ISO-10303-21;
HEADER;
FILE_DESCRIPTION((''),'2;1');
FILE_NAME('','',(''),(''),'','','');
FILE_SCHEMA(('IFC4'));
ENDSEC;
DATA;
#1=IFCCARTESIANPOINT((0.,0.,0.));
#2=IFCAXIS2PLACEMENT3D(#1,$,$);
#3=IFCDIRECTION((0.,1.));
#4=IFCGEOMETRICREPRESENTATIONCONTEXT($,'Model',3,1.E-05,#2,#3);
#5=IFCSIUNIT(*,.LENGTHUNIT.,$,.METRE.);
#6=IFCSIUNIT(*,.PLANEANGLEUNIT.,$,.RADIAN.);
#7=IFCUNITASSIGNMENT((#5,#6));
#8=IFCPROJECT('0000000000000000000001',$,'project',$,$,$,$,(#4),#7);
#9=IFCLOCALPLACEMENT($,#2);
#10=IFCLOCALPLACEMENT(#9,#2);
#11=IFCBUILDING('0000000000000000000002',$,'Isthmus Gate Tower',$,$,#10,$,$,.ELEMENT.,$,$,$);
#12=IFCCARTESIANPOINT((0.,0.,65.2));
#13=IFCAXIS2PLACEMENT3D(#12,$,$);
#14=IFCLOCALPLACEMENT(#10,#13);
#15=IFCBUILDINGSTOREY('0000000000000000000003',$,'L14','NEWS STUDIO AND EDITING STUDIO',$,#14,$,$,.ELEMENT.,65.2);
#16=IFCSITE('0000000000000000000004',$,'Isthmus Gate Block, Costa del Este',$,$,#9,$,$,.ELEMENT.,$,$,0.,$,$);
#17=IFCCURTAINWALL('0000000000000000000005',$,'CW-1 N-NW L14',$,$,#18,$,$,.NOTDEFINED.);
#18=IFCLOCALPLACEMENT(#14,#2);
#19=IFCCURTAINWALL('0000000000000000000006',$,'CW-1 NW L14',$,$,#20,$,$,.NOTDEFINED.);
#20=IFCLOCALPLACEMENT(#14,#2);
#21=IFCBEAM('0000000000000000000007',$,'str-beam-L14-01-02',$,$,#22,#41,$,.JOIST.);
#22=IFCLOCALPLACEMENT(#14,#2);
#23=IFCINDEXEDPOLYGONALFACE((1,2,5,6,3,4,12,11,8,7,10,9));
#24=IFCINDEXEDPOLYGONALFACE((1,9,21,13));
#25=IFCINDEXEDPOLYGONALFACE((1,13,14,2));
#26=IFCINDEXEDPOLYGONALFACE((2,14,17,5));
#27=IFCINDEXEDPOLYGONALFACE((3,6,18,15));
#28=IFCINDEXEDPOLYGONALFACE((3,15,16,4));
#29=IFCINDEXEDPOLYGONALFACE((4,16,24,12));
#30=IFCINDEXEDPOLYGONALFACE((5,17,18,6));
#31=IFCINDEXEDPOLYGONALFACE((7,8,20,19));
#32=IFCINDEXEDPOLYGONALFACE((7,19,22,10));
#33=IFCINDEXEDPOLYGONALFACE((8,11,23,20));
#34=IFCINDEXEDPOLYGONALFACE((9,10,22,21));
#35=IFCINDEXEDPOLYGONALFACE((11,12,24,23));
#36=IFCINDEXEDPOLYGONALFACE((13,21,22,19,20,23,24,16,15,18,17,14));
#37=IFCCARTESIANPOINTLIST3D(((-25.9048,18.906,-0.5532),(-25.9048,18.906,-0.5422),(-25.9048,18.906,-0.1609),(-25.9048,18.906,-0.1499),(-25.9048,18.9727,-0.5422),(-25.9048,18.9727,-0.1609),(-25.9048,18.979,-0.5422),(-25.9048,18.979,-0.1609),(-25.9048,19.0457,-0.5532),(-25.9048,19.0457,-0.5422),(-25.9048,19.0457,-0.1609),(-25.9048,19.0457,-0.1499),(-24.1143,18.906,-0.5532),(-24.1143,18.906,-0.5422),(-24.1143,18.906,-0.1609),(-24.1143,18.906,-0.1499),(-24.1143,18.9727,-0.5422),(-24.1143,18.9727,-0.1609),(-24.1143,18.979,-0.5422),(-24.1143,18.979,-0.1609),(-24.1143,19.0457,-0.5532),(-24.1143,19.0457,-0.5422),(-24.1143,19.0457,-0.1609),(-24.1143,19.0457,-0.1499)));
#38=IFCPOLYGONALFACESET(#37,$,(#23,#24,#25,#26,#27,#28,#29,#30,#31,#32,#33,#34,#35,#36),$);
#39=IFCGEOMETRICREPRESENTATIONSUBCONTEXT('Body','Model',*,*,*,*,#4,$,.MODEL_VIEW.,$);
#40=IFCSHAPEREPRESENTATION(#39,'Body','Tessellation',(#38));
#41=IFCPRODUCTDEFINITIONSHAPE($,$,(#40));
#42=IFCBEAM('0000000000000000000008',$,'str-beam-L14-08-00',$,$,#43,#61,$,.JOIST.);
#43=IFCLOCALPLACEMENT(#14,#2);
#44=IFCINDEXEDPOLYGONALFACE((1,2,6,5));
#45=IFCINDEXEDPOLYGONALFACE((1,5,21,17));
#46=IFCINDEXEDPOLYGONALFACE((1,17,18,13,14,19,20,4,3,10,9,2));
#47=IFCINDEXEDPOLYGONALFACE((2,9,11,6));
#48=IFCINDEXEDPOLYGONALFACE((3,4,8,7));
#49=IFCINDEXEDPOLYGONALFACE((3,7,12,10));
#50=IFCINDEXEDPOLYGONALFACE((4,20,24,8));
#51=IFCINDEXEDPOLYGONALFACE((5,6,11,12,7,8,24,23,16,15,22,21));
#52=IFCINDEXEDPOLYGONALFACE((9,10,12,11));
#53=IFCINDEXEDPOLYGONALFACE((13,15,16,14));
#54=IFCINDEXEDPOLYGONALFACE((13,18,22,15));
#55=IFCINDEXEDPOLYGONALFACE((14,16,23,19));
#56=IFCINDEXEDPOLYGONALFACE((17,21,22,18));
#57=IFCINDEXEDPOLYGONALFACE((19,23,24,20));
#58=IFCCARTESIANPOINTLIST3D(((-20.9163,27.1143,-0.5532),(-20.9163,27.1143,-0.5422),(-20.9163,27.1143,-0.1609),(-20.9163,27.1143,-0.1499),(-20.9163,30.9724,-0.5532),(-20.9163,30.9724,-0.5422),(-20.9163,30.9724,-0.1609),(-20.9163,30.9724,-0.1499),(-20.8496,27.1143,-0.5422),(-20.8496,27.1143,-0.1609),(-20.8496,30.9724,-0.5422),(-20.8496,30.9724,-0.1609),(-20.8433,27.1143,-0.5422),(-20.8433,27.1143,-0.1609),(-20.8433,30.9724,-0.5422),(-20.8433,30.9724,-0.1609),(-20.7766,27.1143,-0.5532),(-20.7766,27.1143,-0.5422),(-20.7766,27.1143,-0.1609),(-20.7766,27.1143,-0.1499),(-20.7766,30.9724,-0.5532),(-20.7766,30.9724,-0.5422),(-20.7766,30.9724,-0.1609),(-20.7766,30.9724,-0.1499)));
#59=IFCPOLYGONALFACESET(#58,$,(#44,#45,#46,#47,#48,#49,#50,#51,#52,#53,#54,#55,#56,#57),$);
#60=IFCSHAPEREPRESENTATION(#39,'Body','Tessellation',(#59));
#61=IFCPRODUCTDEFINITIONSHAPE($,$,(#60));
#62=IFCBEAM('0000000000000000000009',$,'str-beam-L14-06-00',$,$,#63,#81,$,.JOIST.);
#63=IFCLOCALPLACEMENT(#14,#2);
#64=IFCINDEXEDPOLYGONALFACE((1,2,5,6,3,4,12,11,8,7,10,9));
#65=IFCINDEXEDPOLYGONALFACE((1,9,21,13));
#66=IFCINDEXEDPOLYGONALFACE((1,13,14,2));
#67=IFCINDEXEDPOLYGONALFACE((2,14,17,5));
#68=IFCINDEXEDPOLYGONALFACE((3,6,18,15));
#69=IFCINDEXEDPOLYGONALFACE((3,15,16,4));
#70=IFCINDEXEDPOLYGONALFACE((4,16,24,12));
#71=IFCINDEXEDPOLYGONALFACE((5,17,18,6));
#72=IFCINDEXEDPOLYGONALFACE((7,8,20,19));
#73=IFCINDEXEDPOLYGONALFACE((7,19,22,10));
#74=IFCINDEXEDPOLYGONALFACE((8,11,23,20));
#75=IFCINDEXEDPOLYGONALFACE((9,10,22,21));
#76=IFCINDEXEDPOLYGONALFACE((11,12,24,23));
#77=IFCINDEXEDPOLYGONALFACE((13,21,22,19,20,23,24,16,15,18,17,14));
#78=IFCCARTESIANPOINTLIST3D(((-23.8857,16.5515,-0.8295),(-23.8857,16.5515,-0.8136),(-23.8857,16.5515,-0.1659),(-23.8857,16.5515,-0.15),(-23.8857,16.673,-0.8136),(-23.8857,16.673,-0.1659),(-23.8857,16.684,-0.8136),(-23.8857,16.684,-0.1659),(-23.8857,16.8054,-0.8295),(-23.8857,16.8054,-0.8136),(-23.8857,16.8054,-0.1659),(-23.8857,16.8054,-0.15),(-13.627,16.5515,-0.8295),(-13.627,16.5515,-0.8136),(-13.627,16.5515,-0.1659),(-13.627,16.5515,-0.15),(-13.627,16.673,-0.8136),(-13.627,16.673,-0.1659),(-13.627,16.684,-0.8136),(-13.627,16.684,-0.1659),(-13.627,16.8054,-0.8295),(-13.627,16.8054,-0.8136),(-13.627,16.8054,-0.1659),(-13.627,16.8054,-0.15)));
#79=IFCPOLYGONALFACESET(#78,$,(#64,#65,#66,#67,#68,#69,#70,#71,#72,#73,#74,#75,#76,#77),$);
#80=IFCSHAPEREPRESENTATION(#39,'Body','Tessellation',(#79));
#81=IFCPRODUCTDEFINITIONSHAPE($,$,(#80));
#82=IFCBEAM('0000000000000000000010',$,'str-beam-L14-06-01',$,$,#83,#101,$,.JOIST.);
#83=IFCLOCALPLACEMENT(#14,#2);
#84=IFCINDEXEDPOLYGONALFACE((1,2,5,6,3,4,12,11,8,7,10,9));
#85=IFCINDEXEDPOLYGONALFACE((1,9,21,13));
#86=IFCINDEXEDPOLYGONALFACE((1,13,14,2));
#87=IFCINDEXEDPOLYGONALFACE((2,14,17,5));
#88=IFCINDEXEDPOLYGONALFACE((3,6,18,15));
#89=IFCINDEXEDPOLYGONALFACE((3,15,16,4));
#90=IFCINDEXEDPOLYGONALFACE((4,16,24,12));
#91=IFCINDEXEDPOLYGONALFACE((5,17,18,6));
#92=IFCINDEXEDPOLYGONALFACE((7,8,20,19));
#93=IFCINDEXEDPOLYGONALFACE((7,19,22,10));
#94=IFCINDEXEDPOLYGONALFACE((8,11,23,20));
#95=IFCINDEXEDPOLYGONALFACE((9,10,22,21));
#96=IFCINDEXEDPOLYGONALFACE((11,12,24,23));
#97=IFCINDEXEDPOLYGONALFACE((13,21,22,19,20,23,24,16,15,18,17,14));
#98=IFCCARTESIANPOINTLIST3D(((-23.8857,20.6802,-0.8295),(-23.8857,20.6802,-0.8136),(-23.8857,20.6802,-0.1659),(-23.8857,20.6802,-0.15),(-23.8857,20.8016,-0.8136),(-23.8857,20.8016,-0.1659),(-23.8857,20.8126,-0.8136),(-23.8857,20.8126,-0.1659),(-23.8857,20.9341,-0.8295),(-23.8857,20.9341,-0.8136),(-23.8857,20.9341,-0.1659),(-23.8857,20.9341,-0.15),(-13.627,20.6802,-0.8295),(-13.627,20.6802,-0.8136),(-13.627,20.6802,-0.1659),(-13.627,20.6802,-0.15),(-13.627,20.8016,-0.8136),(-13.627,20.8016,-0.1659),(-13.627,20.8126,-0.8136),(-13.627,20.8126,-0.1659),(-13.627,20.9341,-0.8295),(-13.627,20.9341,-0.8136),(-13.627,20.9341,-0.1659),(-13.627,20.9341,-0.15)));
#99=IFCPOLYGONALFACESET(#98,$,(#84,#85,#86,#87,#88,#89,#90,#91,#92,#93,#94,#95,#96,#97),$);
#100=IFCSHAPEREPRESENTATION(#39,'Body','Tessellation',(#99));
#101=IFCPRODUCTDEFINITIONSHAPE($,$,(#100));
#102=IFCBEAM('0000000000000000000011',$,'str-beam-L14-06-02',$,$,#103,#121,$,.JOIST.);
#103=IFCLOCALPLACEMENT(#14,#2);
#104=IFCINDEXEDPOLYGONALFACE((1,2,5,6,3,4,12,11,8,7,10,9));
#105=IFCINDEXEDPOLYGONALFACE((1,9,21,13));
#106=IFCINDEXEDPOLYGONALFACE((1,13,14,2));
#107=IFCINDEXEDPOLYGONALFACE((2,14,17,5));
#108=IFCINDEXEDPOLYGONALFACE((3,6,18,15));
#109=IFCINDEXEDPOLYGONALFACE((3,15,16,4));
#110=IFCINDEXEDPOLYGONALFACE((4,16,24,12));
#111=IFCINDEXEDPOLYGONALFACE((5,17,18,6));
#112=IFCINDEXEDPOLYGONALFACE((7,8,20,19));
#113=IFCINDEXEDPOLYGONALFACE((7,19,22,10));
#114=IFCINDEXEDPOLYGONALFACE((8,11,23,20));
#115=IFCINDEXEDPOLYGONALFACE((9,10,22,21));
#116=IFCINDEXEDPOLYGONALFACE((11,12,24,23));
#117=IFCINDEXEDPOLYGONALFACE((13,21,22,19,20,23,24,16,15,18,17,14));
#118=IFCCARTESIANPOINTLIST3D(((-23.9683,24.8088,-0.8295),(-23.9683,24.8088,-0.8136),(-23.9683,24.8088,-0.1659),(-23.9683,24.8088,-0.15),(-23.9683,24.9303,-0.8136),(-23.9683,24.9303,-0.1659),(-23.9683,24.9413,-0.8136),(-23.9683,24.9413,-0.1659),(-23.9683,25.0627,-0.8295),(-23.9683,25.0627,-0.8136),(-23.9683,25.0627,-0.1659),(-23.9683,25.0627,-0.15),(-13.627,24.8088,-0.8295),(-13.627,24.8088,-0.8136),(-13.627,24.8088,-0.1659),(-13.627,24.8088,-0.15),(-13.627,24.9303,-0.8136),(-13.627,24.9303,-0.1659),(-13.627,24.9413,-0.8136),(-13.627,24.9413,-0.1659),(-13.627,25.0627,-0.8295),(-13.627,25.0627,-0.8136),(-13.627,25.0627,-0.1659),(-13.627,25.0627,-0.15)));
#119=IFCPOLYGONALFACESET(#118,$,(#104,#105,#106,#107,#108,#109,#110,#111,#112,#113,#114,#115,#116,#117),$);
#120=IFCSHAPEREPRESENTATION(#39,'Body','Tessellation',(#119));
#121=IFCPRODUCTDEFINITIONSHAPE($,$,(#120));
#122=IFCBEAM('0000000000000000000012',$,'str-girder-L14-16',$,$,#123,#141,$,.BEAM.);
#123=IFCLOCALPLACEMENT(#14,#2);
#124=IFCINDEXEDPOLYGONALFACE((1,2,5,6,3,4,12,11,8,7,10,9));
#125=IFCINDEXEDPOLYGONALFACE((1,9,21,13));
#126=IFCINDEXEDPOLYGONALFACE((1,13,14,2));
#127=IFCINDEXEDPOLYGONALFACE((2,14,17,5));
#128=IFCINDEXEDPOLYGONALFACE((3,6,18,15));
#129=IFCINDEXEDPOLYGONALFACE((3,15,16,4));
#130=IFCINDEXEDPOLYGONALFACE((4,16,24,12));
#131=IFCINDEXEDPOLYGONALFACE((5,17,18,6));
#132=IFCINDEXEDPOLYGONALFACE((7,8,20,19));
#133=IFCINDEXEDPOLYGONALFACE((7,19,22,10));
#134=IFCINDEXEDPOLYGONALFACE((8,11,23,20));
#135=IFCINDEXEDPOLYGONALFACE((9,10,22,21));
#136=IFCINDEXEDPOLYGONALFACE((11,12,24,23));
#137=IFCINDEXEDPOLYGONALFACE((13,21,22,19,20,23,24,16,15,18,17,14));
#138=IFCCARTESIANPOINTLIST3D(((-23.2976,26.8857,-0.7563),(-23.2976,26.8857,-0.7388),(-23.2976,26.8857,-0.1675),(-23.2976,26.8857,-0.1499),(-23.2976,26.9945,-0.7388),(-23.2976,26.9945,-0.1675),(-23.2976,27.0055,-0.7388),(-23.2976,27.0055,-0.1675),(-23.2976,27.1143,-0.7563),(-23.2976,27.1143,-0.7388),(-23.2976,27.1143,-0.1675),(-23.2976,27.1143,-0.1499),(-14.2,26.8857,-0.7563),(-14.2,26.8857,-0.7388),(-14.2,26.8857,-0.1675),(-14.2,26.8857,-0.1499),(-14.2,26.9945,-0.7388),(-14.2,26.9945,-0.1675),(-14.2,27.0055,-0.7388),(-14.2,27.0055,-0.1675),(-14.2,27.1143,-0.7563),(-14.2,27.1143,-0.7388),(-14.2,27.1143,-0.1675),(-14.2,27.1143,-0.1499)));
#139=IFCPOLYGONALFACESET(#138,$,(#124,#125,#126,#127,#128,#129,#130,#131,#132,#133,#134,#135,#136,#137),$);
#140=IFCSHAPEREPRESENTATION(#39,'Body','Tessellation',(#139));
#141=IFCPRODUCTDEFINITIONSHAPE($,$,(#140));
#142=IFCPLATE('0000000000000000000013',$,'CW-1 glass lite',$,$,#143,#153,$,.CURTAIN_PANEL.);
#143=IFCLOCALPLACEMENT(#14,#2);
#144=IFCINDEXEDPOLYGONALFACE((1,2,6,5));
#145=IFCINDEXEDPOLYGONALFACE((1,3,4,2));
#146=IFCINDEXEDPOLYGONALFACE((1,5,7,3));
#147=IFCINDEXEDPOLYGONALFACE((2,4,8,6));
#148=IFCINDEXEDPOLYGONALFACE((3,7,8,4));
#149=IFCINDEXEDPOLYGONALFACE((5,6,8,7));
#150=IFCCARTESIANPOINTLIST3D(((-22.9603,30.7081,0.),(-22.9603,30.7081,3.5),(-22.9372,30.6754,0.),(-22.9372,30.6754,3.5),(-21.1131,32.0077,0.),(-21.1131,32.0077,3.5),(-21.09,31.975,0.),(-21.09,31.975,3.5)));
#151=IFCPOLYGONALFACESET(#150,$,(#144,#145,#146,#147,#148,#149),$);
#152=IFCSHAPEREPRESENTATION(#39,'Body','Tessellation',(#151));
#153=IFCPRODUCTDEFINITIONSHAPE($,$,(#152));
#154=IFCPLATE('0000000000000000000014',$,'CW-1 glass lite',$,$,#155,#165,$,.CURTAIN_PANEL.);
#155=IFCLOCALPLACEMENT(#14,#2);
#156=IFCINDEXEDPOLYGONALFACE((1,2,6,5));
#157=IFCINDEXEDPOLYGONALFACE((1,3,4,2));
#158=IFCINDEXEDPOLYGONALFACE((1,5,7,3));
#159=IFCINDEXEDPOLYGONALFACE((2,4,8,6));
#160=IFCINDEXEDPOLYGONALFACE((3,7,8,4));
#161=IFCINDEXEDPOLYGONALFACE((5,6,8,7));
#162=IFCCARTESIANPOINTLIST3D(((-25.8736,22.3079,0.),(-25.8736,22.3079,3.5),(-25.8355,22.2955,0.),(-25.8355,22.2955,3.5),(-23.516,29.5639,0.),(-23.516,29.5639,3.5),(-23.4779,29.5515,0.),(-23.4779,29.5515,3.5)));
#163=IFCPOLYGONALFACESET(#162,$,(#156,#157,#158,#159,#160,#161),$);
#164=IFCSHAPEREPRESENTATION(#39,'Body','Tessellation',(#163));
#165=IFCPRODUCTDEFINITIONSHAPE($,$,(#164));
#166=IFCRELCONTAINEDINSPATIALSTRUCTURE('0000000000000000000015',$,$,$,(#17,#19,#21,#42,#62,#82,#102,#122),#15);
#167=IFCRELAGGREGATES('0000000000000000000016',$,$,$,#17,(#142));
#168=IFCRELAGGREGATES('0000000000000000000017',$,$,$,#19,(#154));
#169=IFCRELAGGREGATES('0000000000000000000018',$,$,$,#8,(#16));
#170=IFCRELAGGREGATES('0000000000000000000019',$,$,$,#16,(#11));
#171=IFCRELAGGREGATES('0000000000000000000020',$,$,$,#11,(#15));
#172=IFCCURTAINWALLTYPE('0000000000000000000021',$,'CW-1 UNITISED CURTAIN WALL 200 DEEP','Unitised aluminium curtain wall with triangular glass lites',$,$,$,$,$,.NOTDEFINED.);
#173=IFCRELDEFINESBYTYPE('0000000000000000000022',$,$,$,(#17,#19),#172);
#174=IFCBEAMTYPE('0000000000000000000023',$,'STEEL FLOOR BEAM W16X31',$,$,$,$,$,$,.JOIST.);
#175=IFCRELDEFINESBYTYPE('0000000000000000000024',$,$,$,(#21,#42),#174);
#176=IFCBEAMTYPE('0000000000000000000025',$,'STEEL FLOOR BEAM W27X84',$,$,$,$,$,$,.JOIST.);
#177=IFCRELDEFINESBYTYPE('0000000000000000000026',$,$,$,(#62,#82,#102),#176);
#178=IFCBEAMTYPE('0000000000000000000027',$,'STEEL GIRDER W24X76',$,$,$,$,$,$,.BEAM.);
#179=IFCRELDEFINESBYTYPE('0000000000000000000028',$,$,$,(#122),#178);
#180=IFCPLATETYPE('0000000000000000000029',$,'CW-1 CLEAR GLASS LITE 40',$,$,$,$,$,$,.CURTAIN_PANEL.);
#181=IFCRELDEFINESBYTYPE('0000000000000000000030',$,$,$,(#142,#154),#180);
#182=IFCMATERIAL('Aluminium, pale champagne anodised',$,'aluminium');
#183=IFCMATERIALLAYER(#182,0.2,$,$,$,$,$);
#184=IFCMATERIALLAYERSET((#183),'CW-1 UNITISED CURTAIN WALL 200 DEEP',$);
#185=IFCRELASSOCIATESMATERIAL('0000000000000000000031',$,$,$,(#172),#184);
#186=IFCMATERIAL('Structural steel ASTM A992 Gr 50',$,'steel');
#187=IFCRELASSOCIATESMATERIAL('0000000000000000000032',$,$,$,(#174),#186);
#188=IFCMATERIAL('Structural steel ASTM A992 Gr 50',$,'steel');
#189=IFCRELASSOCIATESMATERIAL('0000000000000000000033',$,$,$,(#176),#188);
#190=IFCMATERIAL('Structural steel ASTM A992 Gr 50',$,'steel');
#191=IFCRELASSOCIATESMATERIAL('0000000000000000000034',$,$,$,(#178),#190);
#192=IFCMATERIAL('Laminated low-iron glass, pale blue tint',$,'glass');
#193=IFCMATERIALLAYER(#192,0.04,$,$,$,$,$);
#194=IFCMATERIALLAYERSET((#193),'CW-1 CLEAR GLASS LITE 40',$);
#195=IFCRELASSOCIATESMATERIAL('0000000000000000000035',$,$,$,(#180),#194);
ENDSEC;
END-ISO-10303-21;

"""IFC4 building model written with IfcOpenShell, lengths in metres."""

from ifc_helpers import new_model, si_unit, direction, frame, origin, origin_2d, place, context, subcontext, project, spatial, rectangle, i_section, extrude, material, layer, layer_set, material_profile, profile_set, type_object, element, aggregate, save


model = new_model("IFC4")

# Units and contexts
model_context = context("Model", 3, precision=1e-05, world=origin(), true_north=direction((0.0, 1.0)))
body_context = subcontext(model_context, "Body", "Model", "MODEL_VIEW")
ifc_project = project(units=[si_unit("LENGTHUNIT", "METRE"), si_unit("PLANEANGLEUNIT", "RADIAN")], contexts=[model_context])

# Site, building, storey
site_placement = place(None, origin())
site = spatial("IfcSite", under=ifc_project, at=site_placement, Name="Isthmus Gate Block, Costa del Este", CompositionType="ELEMENT", RefElevation=0.0)
building_placement = place(site_placement, origin())
building = spatial("IfcBuilding", under=site, at=building_placement, Name="Isthmus Gate Tower", CompositionType="ELEMENT")
storey_placement = place(building_placement, frame((0.0, 0.0, 65.2)))
storey = spatial("IfcBuildingStorey", under=building, at=storey_placement, Name="L14", Description="NEWS STUDIO AND EDITING STUDIO", CompositionType="ELEMENT", Elevation=65.2)

# Curtain wall
ifc_material_1 = material(Name="Aluminium, pale champagne anodised", Category="aluminium")
ifc_layer_1 = layer(ifc_material_1, 0.2)
ifc_layer_set_1 = layer_set([ifc_layer_1], Name="CW-1 UNITISED CURTAIN WALL 200 DEEP")
curtain_wall_type = type_object("IfcCurtainWallType", Name="CW-1 UNITISED CURTAIN WALL 200 DEEP", Description="Unitised aluminium curtain wall with triangular glass lites", PredefinedType="NOTDEFINED", material=ifc_layer_set_1)
curtain_wall_1_placement = place(storey_placement, origin())
curtain_wall_1 = element("IfcCurtainWall", 1, at=curtain_wall_1_placement, inside=storey, type_object=curtain_wall_type, Name="CW-1 N-NW L14", PredefinedType="NOTDEFINED")

# Curtain wall
curtain_wall_2_placement = place(storey_placement, origin())
curtain_wall_2 = element("IfcCurtainWall", 2, at=curtain_wall_2_placement, inside=storey, type_object=curtain_wall_type, Name="CW-1 NW L14", PredefinedType="NOTDEFINED")

# Beams
ifc_material_2 = material(Name="Structural steel ASTM A992 Gr 50", Category="steel")
ifc_material_profile_1 = material_profile(ifc_material_2, i_section(OverallWidth=0.1396, OverallDepth=0.4033, WebThickness=0.0063, FlangeThickness=0.011, at=origin_2d()), Name="W16X31")
ifc_profile_set_1 = profile_set([ifc_material_profile_1], Name="Structural steel ASTM A992 Gr 50")
beam_type_1 = type_object("IfcBeamType", Name="STEEL FLOOR BEAM W16X31", PredefinedType="JOIST", material=ifc_profile_set_1)
beam_1_placement = place(storey_placement, frame((-25.9048, 18.9758, -0.3516), z_axis=(1.0, 0.0, 0.0), x_axis=(0.0, 1.0, 0.0)))
element("IfcBeam", 3, at=beam_1_placement, inside=storey, type_object=beam_type_1, Name="str-beam-L14-01-02", PredefinedType="JOIST", context=body_context, shape_type="SweptSolid", body=[
    extrude(i_section(OverallWidth=0.1396, OverallDepth=0.4033, WebThickness=0.0063, FlangeThickness=0.011, at=origin_2d()), origin(), (0.0, 0.0, 1.0), 1.7905),
])
beam_2_placement = place(storey_placement, frame((-20.8464, 27.1143, -0.3516), z_axis=(0.0, 1.0, 0.0), x_axis=(-1.0, 0.0, 0.0)))
element("IfcBeam", 4, at=beam_2_placement, inside=storey, type_object=beam_type_1, Name="str-beam-L14-08-00", PredefinedType="JOIST", context=body_context, shape_type="SweptSolid", body=[
    extrude(i_section(OverallWidth=0.1396, OverallDepth=0.4033, WebThickness=0.0063, FlangeThickness=0.011, at=origin_2d()), origin(), (0.0, 0.0, 1.0), 3.8582),
])
ifc_material_3 = material(Name="Structural steel ASTM A992 Gr 50", Category="steel")
ifc_material_profile_2 = material_profile(ifc_material_3, i_section(OverallWidth=0.2539, OverallDepth=0.6794, WebThickness=0.011, FlangeThickness=0.0159, at=origin_2d()), Name="W27X84")
ifc_profile_set_2 = profile_set([ifc_material_profile_2], Name="Structural steel ASTM A992 Gr 50")
beam_type_2 = type_object("IfcBeamType", Name="STEEL FLOOR BEAM W27X84", PredefinedType="JOIST", material=ifc_profile_set_2)
for number, where, z_axis, x_axis, name in (
    (5, (-23.8857, 16.6785, -0.4897), (1.0, 0.0, 0.0), (0.0, 1.0, 0.0), "str-beam-L14-06-00"),
    (6, (-23.8857, 20.8071, -0.4897), (1.0, 0.0, 0.0), (0.0, 1.0, 0.0), "str-beam-L14-06-01"),
):
    element("IfcBeam", number, at=place(storey_placement, frame(where, z_axis=z_axis, x_axis=x_axis)), inside=storey, type_object=beam_type_2, Name=name, PredefinedType="JOIST", context=body_context, shape_type="SweptSolid", body=[
        extrude(i_section(OverallWidth=0.2539, OverallDepth=0.6794, WebThickness=0.011, FlangeThickness=0.0159, at=origin_2d()), origin(), (0.0, 0.0, 1.0), 10.2588),
    ])
beam_3_placement = place(storey_placement, frame((-23.9683, 24.9358, -0.4897), z_axis=(1.0, 0.0, 0.0), x_axis=(0.0, 1.0, 0.0)))
element("IfcBeam", 7, at=beam_3_placement, inside=storey, type_object=beam_type_2, Name="str-beam-L14-06-02", PredefinedType="JOIST", context=body_context, shape_type="SweptSolid", body=[
    extrude(i_section(OverallWidth=0.2539, OverallDepth=0.6794, WebThickness=0.011, FlangeThickness=0.0159, at=origin_2d()), origin(), (0.0, 0.0, 1.0), 10.3413),
])
ifc_material_4 = material(Name="Structural steel ASTM A992 Gr 50", Category="steel")
ifc_material_profile_3 = material_profile(ifc_material_4, i_section(OverallWidth=0.2285, OverallDepth=0.6064, WebThickness=0.011, FlangeThickness=0.0176, at=origin_2d()), Name="W24X76")
ifc_profile_set_3 = profile_set([ifc_material_profile_3], Name="Structural steel ASTM A992 Gr 50")
beam_type_3 = type_object("IfcBeamType", Name="STEEL GIRDER W24X76", PredefinedType="BEAM", material=ifc_profile_set_3)
beam_4_placement = place(storey_placement, frame((-23.2976, 27.0, -0.4531), z_axis=(1.0, 0.0, 0.0), x_axis=(0.0, 1.0, 0.0)))
element("IfcBeam", 8, at=beam_4_placement, inside=storey, type_object=beam_type_3, Name="str-girder-L14-16", PredefinedType="BEAM", context=body_context, shape_type="SweptSolid", body=[
    extrude(i_section(OverallWidth=0.2285, OverallDepth=0.6064, WebThickness=0.011, FlangeThickness=0.0176, at=origin_2d()), origin(), (0.0, 0.0, 1.0), 9.0977),
])

# Plates
ifc_material_5 = material(Name="Laminated low-iron glass, pale blue tint", Category="glass")
ifc_layer_2 = layer(ifc_material_5, 0.04)
ifc_layer_set_2 = layer_set([ifc_layer_2], Name="CW-1 CLEAR GLASS LITE 40")
plate_type = type_object("IfcPlateType", Name="CW-1 CLEAR GLASS LITE 40", PredefinedType="CURTAIN_PANEL", material=ifc_layer_set_2)
plate_1_placement = place(storey_placement, frame((-22.0251, 31.3416, 0.0), z_axis=(0.0, 0.0, 1.0), x_axis=(-0.81786, -0.575418, 0.0)))
plate_1 = element("IfcPlate", 9, at=plate_1_placement, type_object=plate_type, Name="CW-1 glass lite", PredefinedType="CURTAIN_PANEL", context=body_context, shape_type="SweptSolid", body=[
    extrude(rectangle(XDim=2.2585, YDim=0.04, at=origin_2d()), origin(), (0.0, 0.0, 1.0), 3.5),
])
aggregate(curtain_wall_1, [plate_1])
plate_2_placement = place(storey_placement, frame((-24.6758, 25.9297, 0.0), z_axis=(0.0, 0.0, 1.0), x_axis=(-0.309017, -0.951057, 0.0)))
plate_2 = element("IfcPlate", 10, at=plate_2_placement, type_object=plate_type, Name="CW-1 glass lite", PredefinedType="CURTAIN_PANEL", context=body_context, shape_type="SweptSolid", body=[
    extrude(rectangle(XDim=7.6294, YDim=0.04, at=origin_2d()), origin(), (0.0, 0.0, 1.0), 3.5),
])

aggregate(curtain_wall_2, [plate_2])

save(model, "model.ifc")
